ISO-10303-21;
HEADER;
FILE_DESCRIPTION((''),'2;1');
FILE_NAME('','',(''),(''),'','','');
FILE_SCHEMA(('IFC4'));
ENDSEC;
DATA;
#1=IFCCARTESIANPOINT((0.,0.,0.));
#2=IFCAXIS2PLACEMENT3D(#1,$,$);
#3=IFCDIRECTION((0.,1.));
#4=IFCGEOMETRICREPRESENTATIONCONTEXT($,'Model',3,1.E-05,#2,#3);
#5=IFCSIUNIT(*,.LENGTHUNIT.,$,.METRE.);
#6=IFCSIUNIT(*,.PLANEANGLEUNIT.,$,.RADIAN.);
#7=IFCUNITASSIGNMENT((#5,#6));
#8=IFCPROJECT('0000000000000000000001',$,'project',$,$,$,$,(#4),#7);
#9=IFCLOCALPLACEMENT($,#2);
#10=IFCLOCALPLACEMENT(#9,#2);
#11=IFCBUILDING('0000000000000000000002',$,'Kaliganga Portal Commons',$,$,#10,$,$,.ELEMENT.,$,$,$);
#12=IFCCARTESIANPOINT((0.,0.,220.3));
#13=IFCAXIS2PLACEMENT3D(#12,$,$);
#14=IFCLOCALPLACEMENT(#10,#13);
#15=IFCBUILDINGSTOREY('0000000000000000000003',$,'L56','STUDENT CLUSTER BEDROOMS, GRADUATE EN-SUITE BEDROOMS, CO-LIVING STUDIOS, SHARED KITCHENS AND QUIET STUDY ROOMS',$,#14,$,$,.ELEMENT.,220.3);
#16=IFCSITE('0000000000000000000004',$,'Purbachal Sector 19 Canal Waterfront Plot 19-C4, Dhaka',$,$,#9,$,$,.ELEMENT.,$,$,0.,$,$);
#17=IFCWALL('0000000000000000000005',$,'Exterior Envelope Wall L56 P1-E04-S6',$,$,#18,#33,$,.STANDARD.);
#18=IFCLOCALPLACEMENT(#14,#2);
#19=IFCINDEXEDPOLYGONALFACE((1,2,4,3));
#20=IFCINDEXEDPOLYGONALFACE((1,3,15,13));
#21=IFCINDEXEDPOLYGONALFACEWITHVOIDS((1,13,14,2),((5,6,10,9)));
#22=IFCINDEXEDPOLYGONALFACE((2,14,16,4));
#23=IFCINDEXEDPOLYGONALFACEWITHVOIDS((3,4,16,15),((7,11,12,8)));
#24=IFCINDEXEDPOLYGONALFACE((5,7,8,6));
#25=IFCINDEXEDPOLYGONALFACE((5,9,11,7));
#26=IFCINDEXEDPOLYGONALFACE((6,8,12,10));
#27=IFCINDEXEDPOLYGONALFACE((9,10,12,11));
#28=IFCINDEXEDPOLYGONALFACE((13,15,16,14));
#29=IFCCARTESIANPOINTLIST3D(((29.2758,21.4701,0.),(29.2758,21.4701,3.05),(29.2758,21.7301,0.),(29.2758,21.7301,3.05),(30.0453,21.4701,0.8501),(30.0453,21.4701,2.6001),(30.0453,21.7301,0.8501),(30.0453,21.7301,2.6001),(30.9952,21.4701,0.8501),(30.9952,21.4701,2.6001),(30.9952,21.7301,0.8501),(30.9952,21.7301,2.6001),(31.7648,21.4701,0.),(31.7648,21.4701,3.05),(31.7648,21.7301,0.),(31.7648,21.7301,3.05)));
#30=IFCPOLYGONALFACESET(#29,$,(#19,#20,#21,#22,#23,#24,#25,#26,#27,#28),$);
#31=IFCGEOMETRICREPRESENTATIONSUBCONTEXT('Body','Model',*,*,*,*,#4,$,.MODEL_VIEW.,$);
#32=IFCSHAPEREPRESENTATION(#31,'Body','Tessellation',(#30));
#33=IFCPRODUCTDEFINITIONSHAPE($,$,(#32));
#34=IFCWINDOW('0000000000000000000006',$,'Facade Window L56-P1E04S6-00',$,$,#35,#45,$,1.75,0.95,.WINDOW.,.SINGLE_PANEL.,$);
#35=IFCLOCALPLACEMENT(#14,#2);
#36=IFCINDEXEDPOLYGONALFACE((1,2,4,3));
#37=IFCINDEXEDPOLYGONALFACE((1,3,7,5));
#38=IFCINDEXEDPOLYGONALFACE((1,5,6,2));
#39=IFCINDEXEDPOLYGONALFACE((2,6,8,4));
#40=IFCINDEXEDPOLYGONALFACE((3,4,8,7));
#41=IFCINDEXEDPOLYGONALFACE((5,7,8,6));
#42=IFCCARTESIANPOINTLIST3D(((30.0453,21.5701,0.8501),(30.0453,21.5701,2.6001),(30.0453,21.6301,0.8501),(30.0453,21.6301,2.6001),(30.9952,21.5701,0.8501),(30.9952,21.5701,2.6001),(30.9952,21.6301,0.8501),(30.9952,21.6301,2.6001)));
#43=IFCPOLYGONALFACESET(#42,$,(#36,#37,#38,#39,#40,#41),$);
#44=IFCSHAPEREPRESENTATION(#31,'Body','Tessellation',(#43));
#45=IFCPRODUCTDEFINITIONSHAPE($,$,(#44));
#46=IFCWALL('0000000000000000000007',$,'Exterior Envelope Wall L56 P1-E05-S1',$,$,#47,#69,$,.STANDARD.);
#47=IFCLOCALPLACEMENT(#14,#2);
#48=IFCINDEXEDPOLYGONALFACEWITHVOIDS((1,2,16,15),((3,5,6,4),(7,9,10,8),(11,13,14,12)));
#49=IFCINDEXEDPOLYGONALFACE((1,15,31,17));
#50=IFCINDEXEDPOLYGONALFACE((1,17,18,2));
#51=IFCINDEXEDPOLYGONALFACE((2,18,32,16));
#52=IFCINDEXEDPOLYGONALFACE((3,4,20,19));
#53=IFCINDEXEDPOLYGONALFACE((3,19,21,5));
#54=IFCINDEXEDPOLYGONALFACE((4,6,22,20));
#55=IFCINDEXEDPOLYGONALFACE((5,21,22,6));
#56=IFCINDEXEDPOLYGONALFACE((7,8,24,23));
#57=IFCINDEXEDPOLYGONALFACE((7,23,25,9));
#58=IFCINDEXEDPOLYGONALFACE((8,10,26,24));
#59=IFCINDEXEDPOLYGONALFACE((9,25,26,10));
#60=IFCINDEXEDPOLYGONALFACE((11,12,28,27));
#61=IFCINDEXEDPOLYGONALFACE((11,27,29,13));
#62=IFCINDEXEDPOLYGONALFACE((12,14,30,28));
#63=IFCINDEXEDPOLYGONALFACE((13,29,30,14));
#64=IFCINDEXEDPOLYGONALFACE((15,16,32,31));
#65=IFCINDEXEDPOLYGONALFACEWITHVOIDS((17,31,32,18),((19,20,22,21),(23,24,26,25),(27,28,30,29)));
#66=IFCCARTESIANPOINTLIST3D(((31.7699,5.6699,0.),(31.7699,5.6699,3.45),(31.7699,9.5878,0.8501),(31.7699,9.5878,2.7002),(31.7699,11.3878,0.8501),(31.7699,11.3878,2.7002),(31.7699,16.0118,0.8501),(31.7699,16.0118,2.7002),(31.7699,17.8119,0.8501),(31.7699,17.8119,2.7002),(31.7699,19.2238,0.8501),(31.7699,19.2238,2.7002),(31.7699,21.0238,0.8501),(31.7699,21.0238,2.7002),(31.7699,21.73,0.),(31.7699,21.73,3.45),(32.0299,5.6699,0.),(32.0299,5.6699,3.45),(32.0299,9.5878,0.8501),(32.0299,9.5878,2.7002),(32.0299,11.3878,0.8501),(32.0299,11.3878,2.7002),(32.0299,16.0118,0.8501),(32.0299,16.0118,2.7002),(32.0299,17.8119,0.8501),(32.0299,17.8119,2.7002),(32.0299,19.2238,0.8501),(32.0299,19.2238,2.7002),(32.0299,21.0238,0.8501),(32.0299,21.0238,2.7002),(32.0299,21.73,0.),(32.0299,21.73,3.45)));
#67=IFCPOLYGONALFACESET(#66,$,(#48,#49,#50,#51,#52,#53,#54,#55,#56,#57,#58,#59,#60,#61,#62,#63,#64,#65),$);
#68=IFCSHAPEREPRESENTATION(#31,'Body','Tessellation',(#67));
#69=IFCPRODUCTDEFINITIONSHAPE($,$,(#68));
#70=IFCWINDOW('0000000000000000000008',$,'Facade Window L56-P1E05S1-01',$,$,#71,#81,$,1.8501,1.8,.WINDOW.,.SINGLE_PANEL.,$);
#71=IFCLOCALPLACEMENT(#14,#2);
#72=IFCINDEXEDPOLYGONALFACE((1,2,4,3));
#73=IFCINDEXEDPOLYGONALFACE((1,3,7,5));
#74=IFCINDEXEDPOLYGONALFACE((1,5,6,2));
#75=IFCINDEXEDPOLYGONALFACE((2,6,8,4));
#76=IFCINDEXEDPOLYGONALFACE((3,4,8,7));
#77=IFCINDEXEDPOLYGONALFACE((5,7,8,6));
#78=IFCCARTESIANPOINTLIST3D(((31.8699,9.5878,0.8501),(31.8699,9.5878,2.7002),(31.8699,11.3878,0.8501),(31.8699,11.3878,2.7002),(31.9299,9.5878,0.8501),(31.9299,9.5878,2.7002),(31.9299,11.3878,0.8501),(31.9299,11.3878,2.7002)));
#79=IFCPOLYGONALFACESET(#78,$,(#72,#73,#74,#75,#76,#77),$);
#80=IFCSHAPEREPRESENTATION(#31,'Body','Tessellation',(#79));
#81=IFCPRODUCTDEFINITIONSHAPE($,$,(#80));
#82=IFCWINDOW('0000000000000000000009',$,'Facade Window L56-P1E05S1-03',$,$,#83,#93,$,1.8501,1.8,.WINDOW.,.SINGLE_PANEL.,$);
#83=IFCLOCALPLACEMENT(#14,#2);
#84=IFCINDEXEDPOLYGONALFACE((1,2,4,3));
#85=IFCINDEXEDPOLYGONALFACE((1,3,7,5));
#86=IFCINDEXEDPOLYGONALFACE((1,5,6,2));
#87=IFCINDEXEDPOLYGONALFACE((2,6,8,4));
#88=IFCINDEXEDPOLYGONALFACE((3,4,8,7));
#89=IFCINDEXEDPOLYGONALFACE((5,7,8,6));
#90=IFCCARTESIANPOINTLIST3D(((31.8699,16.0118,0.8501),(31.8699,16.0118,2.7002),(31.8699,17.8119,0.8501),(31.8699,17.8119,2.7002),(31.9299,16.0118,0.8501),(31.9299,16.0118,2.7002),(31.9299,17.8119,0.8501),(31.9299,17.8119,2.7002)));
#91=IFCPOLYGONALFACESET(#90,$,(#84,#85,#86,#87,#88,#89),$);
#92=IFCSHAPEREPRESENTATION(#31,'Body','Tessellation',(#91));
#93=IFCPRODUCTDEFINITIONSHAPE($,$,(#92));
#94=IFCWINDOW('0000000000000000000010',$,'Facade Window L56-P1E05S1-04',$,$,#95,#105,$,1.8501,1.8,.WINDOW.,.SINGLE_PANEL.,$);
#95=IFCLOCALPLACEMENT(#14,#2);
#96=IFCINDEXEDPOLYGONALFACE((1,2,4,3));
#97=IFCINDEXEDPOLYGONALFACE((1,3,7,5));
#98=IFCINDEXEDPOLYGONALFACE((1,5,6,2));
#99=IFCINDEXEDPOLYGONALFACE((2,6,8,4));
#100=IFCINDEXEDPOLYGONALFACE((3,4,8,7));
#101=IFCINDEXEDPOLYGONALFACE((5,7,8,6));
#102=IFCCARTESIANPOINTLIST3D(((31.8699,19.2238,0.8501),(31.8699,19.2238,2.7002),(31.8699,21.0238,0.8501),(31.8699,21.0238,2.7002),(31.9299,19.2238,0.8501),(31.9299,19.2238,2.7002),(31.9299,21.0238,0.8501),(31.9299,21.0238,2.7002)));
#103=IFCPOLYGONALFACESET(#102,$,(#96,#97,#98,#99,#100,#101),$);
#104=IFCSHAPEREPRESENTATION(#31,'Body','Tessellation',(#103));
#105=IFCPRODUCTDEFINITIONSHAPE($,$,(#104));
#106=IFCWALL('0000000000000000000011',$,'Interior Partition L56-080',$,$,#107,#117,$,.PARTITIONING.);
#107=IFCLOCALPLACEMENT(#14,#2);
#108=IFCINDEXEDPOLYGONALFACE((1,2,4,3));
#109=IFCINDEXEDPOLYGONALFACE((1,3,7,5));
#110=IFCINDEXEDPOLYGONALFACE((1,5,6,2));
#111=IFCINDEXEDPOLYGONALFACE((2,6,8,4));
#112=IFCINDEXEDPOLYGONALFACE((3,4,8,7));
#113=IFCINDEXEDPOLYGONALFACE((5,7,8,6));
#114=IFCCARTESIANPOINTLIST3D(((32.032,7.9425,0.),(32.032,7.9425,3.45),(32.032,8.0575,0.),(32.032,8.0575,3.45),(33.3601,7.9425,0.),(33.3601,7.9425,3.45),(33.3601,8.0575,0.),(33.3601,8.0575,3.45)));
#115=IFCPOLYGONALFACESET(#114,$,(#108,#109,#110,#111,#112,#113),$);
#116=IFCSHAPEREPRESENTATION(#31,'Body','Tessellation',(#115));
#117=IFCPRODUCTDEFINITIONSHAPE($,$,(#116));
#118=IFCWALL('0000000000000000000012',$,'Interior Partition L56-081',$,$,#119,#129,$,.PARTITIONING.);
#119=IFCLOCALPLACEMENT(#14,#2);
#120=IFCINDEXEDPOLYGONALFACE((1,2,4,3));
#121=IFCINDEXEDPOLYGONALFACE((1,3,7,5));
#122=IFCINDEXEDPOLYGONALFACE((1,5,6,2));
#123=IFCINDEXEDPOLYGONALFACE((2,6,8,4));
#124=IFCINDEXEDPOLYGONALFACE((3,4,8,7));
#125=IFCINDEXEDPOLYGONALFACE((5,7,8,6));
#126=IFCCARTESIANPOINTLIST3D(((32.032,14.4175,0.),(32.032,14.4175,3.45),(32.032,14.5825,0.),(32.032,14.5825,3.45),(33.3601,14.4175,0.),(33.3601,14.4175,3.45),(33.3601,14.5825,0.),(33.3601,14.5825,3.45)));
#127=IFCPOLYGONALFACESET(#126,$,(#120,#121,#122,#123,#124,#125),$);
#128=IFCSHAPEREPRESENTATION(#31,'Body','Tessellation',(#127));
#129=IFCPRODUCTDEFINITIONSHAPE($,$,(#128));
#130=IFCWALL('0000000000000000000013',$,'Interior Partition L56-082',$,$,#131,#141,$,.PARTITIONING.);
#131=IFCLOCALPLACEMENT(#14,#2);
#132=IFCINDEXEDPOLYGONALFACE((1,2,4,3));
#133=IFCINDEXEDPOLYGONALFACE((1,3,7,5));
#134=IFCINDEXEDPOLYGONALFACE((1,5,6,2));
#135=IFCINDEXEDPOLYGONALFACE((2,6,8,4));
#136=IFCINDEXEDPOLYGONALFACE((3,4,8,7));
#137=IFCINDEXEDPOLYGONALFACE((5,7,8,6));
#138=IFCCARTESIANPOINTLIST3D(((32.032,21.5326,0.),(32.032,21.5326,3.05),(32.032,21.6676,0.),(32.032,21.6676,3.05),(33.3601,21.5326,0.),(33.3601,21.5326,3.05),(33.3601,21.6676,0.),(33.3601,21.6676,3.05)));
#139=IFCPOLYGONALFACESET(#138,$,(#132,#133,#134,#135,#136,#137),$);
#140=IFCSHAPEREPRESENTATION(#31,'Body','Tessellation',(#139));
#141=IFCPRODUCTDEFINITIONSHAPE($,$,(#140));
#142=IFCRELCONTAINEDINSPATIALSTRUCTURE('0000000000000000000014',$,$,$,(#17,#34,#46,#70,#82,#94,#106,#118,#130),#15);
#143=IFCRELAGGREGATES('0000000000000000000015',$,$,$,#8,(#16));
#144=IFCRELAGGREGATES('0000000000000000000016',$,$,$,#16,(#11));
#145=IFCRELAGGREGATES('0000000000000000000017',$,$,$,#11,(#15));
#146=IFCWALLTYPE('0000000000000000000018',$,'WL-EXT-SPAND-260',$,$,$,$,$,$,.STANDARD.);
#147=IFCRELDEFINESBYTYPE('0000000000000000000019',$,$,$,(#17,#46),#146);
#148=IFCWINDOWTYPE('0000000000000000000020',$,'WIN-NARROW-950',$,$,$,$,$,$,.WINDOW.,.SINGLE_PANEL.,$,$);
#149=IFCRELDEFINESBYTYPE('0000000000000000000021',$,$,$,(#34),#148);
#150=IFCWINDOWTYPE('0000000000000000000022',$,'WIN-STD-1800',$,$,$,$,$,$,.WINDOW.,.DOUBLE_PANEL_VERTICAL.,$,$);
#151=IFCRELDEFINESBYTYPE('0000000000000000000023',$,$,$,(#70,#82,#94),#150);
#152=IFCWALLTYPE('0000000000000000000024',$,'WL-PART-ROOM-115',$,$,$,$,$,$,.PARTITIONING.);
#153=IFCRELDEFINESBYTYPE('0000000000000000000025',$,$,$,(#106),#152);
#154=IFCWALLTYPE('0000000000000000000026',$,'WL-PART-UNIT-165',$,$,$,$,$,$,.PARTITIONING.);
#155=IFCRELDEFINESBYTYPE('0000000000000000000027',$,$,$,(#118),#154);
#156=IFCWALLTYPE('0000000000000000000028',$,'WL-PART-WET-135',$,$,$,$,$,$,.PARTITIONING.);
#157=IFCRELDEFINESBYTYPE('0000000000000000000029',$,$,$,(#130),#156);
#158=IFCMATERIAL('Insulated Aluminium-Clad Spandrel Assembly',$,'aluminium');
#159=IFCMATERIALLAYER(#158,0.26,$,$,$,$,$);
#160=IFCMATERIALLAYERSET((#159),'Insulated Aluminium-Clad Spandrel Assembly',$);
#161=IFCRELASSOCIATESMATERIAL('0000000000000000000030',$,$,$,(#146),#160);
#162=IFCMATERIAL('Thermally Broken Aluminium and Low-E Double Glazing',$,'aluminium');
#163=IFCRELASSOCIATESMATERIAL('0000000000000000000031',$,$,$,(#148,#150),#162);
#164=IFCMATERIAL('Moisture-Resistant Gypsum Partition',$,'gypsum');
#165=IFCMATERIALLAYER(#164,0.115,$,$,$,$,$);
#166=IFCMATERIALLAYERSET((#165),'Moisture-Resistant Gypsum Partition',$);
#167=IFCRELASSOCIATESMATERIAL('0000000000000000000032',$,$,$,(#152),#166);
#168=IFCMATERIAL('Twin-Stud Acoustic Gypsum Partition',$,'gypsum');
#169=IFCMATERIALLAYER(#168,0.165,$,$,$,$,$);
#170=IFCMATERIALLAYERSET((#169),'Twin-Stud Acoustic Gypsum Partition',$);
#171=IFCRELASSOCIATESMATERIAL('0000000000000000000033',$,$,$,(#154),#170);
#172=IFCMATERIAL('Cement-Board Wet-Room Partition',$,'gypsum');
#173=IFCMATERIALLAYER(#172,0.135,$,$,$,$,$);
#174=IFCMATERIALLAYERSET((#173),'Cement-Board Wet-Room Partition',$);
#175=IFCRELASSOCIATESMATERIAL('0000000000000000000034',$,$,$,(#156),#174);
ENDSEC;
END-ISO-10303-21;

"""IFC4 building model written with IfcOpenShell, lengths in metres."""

from ifc_helpers import new_model, si_unit, direction, frame, frame_2d, origin, place, context, subcontext, project, spatial, rectangle, extrude, material, layer, layer_set, type_object, element, fill, save


model = new_model("IFC4")

# Units and contexts
model_context = context("Model", 3, precision=1e-05, world=origin(), true_north=direction((0.0, 1.0)))
body_context = subcontext(model_context, "Body", "Model", "MODEL_VIEW")
ifc_project = project(units=[si_unit("LENGTHUNIT", "METRE"), si_unit("PLANEANGLEUNIT", "RADIAN")], contexts=[model_context])

# Site, building, storey
site_placement = place(None, origin())
site = spatial("IfcSite", under=ifc_project, at=site_placement, Name="Purbachal Sector 19 Canal Waterfront Plot 19-C4, Dhaka", CompositionType="ELEMENT", RefElevation=0.0)
building_placement = place(site_placement, origin())
building = spatial("IfcBuilding", under=site, at=building_placement, Name="Kaliganga Portal Commons", CompositionType="ELEMENT")
storey_placement = place(building_placement, frame((0.0, 0.0, 220.3)))
storey = spatial("IfcBuildingStorey", under=building, at=storey_placement, Name="L56", Description="STUDENT CLUSTER BEDROOMS, GRADUATE EN-SUITE BEDROOMS, CO-LIVING STUDIOS, SHARED KITCHENS AND QUIET STUDY ROOMS", CompositionType="ELEMENT", Elevation=220.3)

# Wall, opening, window
ifc_material_1 = material(Name="Insulated Aluminium-Clad Spandrel Assembly", Category="aluminium")
ifc_layer_1 = layer(ifc_material_1, 0.26)
ifc_layer_set_1 = layer_set([ifc_layer_1], Name="Insulated Aluminium-Clad Spandrel Assembly")
wall_type_1 = type_object("IfcWallType", Name="WL-EXT-SPAND-260", PredefinedType="STANDARD", material=ifc_layer_set_1)
ifc_material_2 = material(Name="Thermally Broken Aluminium and Low-E Double Glazing", Category="aluminium")
window_type_1 = type_object("IfcWindowType", Name="WIN-NARROW-950", PartitioningType="SINGLE_PANEL", PredefinedType="WINDOW", material=ifc_material_2)
wall_1_placement = place(storey_placement, frame((31.7649, 21.6001, 0.0), z_axis=(0.0, 0.0, 1.0), x_axis=(-1.0, 0.0, 0.0)))
wall_1 = element("IfcWall", 1, at=wall_1_placement, inside=storey, type_object=wall_type_1, Name="Exterior Envelope Wall L56 P1-E04-S6", PredefinedType="STANDARD", context=body_context, shape_type="SweptSolid", body=[
    extrude(rectangle(XDim=2.489, YDim=0.26, at=frame_2d((1.2446, 0.0))), origin(), (0.0, 0.0, 1.0), 3.05),
])
opening_1_placement = place(wall_1_placement, frame((0.7695, 0.0, 0.8501)))
opening_1 = element("IfcOpeningElement", 2, at=opening_1_placement, cuts=wall_1, PredefinedType="OPENING", context=body_context, shape_type="SweptSolid", body=[
    extrude(rectangle(XDim=0.95, YDim=1.75, at=frame_2d((0.4751, 0.875))), frame((0.0, 0.1401, 0.0), z_axis=(0.0, -1.0, 0.0), x_axis=(1.0, 0.0, 0.0)), (0.0, 0.0, 1.0), 0.28),
])
window_1_placement = place(opening_1_placement, origin())
window_1 = element("IfcWindow", 3, at=window_1_placement, inside=storey, type_object=window_type_1, Name="Facade Window L56-P1E04S6-00", OverallHeight=1.75, OverallWidth=0.95, PartitioningType="SINGLE_PANEL", PredefinedType="WINDOW", context=body_context, shape_type="SweptSolid", body=[
    extrude(rectangle(XDim=0.95, YDim=1.75, at=frame_2d((0.4751, 0.875))), frame((0.0, 0.03, 0.0), z_axis=(0.0, -1.0, 0.0), x_axis=(1.0, 0.0, 0.0)), (0.0, 0.0, 1.0), 0.0601),
])
fill(opening_1, window_1)

# Wall, openings, windows
wall_2_placement = place(storey_placement, frame((31.8999, 5.6699, 0.0), z_axis=(0.0, 0.0, 1.0), x_axis=(0.0, 1.0, 0.0)))
wall_2 = element("IfcWall", 4, at=wall_2_placement, inside=storey, type_object=wall_type_1, Name="Exterior Envelope Wall L56 P1-E05-S1", PredefinedType="STANDARD", context=body_context, shape_type="SweptSolid", body=[
    extrude(rectangle(XDim=16.0601, YDim=0.26, at=frame_2d((8.03, 0.0))), origin(), (0.0, 0.0, 1.0), 3.45),
])
opening_2_placement = place(wall_2_placement, frame((3.918, 0.0, 0.8501)))
opening_2 = element("IfcOpeningElement", 5, at=opening_2_placement, cuts=wall_2, PredefinedType="OPENING", context=body_context, shape_type="SweptSolid", body=[
    extrude(rectangle(XDim=1.8, YDim=1.8501, at=frame_2d((0.8999, 0.925))), frame((0.0, 0.1401, 0.0), z_axis=(0.0, -1.0, 0.0), x_axis=(1.0, 0.0, 0.0)), (0.0, 0.0, 1.0), 0.28),
])
opening_3_placement = place(wall_2_placement, frame((10.342, 0.0, 0.8501)))
opening_3 = element("IfcOpeningElement", 6, at=opening_3_placement, cuts=wall_2, PredefinedType="OPENING", context=body_context, shape_type="SweptSolid", body=[
    extrude(rectangle(XDim=1.8, YDim=1.8501, at=frame_2d((0.8999, 0.925))), frame((0.0, 0.1401, 0.0), z_axis=(0.0, -1.0, 0.0), x_axis=(1.0, 0.0, 0.0)), (0.0, 0.0, 1.0), 0.28),
])
opening_4_placement = place(wall_2_placement, frame((13.554, 0.0, 0.8501)))
opening_4 = element("IfcOpeningElement", 7, at=opening_4_placement, cuts=wall_2, PredefinedType="OPENING", context=body_context, shape_type="SweptSolid", body=[
    extrude(rectangle(XDim=1.8, YDim=1.8501, at=frame_2d((0.8999, 0.925))), frame((0.0, 0.1401, 0.0), z_axis=(0.0, -1.0, 0.0), x_axis=(1.0, 0.0, 0.0)), (0.0, 0.0, 1.0), 0.28),
])
window_type_2 = type_object("IfcWindowType", Name="WIN-STD-1800", PartitioningType="DOUBLE_PANEL_VERTICAL", PredefinedType="WINDOW", material=ifc_material_2)
window_2_placement = place(opening_2_placement, origin())
window_2 = element("IfcWindow", 8, at=window_2_placement, inside=storey, type_object=window_type_2, Name="Facade Window L56-P1E05S1-01", OverallHeight=1.8501, OverallWidth=1.8, PartitioningType="SINGLE_PANEL", PredefinedType="WINDOW", context=body_context, shape_type="SweptSolid", body=[
    extrude(rectangle(XDim=1.8, YDim=1.8501, at=frame_2d((0.8999, 0.925))), frame((0.0, 0.03, 0.0), z_axis=(0.0, -1.0, 0.0), x_axis=(1.0, 0.0, 0.0)), (0.0, 0.0, 1.0), 0.0601),
])
fill(opening_2, window_2)
window_3_placement = place(opening_3_placement, origin())
window_3 = element("IfcWindow", 9, at=window_3_placement, inside=storey, type_object=window_type_2, Name="Facade Window L56-P1E05S1-03", OverallHeight=1.8501, OverallWidth=1.8, PartitioningType="SINGLE_PANEL", PredefinedType="WINDOW", context=body_context, shape_type="SweptSolid", body=[
    extrude(rectangle(XDim=1.8, YDim=1.8501, at=frame_2d((0.8999, 0.925))), frame((0.0, 0.03, 0.0), z_axis=(0.0, -1.0, 0.0), x_axis=(1.0, 0.0, 0.0)), (0.0, 0.0, 1.0), 0.0601),
])
fill(opening_3, window_3)
window_4_placement = place(opening_4_placement, origin())
window_4 = element("IfcWindow", 10, at=window_4_placement, inside=storey, type_object=window_type_2, Name="Facade Window L56-P1E05S1-04", OverallHeight=1.8501, OverallWidth=1.8, PartitioningType="SINGLE_PANEL", PredefinedType="WINDOW", context=body_context, shape_type="SweptSolid", body=[
    extrude(rectangle(XDim=1.8, YDim=1.8501, at=frame_2d((0.8999, 0.925))), frame((0.0, 0.03, 0.0), z_axis=(0.0, -1.0, 0.0), x_axis=(1.0, 0.0, 0.0)), (0.0, 0.0, 1.0), 0.0601),
])
fill(opening_4, window_4)

# Walls
ifc_material_3 = material(Name="Moisture-Resistant Gypsum Partition", Category="gypsum")
ifc_layer_2 = layer(ifc_material_3, 0.115)
ifc_layer_set_2 = layer_set([ifc_layer_2], Name="Moisture-Resistant Gypsum Partition")
wall_type_2 = type_object("IfcWallType", Name="WL-PART-ROOM-115", PredefinedType="PARTITIONING", material=ifc_layer_set_2)
wall_3_placement = place(storey_placement, frame((32.032, 8.0, 0.0), z_axis=(0.0, 0.0, 1.0), x_axis=(1.0, 0.0, 0.0)))
element("IfcWall", 11, at=wall_3_placement, inside=storey, type_object=wall_type_2, Name="Interior Partition L56-080", PredefinedType="PARTITIONING", context=body_context, shape_type="SweptSolid", body=[
    extrude(rectangle(XDim=1.3281, YDim=0.115, at=frame_2d((0.6641, 0.0))), origin(), (0.0, 0.0, 1.0), 3.45),
])
ifc_material_4 = material(Name="Twin-Stud Acoustic Gypsum Partition", Category="gypsum")
ifc_layer_3 = layer(ifc_material_4, 0.165)
ifc_layer_set_3 = layer_set([ifc_layer_3], Name="Twin-Stud Acoustic Gypsum Partition")
wall_type_3 = type_object("IfcWallType", Name="WL-PART-UNIT-165", PredefinedType="PARTITIONING", material=ifc_layer_set_3)
wall_4_placement = place(storey_placement, frame((32.032, 14.5, 0.0), z_axis=(0.0, 0.0, 1.0), x_axis=(1.0, 0.0, 0.0)))
element("IfcWall", 12, at=wall_4_placement, inside=storey, type_object=wall_type_3, Name="Interior Partition L56-081", PredefinedType="PARTITIONING", context=body_context, shape_type="SweptSolid", body=[
    extrude(rectangle(XDim=1.3281, YDim=0.165, at=frame_2d((0.6641, 0.0))), origin(), (0.0, 0.0, 1.0), 3.45),
])
ifc_material_5 = material(Name="Cement-Board Wet-Room Partition", Category="gypsum")
ifc_layer_4 = layer(ifc_material_5, 0.135)
ifc_layer_set_4 = layer_set([ifc_layer_4], Name="Cement-Board Wet-Room Partition")
wall_type_4 = type_object("IfcWallType", Name="WL-PART-WET-135", PredefinedType="PARTITIONING", material=ifc_layer_set_4)
wall_5_placement = place(storey_placement, frame((32.032, 21.6001, 0.0), z_axis=(0.0, 0.0, 1.0), x_axis=(1.0, 0.0, 0.0)))
element("IfcWall", 13, at=wall_5_placement, inside=storey, type_object=wall_type_4, Name="Interior Partition L56-082", PredefinedType="PARTITIONING", context=body_context, shape_type="SweptSolid", body=[
    extrude(rectangle(XDim=1.3281, YDim=0.135, at=frame_2d((0.6641, 0.0))), origin(), (0.0, 0.0, 1.0), 3.05),
])

save(model, "model.ifc")
